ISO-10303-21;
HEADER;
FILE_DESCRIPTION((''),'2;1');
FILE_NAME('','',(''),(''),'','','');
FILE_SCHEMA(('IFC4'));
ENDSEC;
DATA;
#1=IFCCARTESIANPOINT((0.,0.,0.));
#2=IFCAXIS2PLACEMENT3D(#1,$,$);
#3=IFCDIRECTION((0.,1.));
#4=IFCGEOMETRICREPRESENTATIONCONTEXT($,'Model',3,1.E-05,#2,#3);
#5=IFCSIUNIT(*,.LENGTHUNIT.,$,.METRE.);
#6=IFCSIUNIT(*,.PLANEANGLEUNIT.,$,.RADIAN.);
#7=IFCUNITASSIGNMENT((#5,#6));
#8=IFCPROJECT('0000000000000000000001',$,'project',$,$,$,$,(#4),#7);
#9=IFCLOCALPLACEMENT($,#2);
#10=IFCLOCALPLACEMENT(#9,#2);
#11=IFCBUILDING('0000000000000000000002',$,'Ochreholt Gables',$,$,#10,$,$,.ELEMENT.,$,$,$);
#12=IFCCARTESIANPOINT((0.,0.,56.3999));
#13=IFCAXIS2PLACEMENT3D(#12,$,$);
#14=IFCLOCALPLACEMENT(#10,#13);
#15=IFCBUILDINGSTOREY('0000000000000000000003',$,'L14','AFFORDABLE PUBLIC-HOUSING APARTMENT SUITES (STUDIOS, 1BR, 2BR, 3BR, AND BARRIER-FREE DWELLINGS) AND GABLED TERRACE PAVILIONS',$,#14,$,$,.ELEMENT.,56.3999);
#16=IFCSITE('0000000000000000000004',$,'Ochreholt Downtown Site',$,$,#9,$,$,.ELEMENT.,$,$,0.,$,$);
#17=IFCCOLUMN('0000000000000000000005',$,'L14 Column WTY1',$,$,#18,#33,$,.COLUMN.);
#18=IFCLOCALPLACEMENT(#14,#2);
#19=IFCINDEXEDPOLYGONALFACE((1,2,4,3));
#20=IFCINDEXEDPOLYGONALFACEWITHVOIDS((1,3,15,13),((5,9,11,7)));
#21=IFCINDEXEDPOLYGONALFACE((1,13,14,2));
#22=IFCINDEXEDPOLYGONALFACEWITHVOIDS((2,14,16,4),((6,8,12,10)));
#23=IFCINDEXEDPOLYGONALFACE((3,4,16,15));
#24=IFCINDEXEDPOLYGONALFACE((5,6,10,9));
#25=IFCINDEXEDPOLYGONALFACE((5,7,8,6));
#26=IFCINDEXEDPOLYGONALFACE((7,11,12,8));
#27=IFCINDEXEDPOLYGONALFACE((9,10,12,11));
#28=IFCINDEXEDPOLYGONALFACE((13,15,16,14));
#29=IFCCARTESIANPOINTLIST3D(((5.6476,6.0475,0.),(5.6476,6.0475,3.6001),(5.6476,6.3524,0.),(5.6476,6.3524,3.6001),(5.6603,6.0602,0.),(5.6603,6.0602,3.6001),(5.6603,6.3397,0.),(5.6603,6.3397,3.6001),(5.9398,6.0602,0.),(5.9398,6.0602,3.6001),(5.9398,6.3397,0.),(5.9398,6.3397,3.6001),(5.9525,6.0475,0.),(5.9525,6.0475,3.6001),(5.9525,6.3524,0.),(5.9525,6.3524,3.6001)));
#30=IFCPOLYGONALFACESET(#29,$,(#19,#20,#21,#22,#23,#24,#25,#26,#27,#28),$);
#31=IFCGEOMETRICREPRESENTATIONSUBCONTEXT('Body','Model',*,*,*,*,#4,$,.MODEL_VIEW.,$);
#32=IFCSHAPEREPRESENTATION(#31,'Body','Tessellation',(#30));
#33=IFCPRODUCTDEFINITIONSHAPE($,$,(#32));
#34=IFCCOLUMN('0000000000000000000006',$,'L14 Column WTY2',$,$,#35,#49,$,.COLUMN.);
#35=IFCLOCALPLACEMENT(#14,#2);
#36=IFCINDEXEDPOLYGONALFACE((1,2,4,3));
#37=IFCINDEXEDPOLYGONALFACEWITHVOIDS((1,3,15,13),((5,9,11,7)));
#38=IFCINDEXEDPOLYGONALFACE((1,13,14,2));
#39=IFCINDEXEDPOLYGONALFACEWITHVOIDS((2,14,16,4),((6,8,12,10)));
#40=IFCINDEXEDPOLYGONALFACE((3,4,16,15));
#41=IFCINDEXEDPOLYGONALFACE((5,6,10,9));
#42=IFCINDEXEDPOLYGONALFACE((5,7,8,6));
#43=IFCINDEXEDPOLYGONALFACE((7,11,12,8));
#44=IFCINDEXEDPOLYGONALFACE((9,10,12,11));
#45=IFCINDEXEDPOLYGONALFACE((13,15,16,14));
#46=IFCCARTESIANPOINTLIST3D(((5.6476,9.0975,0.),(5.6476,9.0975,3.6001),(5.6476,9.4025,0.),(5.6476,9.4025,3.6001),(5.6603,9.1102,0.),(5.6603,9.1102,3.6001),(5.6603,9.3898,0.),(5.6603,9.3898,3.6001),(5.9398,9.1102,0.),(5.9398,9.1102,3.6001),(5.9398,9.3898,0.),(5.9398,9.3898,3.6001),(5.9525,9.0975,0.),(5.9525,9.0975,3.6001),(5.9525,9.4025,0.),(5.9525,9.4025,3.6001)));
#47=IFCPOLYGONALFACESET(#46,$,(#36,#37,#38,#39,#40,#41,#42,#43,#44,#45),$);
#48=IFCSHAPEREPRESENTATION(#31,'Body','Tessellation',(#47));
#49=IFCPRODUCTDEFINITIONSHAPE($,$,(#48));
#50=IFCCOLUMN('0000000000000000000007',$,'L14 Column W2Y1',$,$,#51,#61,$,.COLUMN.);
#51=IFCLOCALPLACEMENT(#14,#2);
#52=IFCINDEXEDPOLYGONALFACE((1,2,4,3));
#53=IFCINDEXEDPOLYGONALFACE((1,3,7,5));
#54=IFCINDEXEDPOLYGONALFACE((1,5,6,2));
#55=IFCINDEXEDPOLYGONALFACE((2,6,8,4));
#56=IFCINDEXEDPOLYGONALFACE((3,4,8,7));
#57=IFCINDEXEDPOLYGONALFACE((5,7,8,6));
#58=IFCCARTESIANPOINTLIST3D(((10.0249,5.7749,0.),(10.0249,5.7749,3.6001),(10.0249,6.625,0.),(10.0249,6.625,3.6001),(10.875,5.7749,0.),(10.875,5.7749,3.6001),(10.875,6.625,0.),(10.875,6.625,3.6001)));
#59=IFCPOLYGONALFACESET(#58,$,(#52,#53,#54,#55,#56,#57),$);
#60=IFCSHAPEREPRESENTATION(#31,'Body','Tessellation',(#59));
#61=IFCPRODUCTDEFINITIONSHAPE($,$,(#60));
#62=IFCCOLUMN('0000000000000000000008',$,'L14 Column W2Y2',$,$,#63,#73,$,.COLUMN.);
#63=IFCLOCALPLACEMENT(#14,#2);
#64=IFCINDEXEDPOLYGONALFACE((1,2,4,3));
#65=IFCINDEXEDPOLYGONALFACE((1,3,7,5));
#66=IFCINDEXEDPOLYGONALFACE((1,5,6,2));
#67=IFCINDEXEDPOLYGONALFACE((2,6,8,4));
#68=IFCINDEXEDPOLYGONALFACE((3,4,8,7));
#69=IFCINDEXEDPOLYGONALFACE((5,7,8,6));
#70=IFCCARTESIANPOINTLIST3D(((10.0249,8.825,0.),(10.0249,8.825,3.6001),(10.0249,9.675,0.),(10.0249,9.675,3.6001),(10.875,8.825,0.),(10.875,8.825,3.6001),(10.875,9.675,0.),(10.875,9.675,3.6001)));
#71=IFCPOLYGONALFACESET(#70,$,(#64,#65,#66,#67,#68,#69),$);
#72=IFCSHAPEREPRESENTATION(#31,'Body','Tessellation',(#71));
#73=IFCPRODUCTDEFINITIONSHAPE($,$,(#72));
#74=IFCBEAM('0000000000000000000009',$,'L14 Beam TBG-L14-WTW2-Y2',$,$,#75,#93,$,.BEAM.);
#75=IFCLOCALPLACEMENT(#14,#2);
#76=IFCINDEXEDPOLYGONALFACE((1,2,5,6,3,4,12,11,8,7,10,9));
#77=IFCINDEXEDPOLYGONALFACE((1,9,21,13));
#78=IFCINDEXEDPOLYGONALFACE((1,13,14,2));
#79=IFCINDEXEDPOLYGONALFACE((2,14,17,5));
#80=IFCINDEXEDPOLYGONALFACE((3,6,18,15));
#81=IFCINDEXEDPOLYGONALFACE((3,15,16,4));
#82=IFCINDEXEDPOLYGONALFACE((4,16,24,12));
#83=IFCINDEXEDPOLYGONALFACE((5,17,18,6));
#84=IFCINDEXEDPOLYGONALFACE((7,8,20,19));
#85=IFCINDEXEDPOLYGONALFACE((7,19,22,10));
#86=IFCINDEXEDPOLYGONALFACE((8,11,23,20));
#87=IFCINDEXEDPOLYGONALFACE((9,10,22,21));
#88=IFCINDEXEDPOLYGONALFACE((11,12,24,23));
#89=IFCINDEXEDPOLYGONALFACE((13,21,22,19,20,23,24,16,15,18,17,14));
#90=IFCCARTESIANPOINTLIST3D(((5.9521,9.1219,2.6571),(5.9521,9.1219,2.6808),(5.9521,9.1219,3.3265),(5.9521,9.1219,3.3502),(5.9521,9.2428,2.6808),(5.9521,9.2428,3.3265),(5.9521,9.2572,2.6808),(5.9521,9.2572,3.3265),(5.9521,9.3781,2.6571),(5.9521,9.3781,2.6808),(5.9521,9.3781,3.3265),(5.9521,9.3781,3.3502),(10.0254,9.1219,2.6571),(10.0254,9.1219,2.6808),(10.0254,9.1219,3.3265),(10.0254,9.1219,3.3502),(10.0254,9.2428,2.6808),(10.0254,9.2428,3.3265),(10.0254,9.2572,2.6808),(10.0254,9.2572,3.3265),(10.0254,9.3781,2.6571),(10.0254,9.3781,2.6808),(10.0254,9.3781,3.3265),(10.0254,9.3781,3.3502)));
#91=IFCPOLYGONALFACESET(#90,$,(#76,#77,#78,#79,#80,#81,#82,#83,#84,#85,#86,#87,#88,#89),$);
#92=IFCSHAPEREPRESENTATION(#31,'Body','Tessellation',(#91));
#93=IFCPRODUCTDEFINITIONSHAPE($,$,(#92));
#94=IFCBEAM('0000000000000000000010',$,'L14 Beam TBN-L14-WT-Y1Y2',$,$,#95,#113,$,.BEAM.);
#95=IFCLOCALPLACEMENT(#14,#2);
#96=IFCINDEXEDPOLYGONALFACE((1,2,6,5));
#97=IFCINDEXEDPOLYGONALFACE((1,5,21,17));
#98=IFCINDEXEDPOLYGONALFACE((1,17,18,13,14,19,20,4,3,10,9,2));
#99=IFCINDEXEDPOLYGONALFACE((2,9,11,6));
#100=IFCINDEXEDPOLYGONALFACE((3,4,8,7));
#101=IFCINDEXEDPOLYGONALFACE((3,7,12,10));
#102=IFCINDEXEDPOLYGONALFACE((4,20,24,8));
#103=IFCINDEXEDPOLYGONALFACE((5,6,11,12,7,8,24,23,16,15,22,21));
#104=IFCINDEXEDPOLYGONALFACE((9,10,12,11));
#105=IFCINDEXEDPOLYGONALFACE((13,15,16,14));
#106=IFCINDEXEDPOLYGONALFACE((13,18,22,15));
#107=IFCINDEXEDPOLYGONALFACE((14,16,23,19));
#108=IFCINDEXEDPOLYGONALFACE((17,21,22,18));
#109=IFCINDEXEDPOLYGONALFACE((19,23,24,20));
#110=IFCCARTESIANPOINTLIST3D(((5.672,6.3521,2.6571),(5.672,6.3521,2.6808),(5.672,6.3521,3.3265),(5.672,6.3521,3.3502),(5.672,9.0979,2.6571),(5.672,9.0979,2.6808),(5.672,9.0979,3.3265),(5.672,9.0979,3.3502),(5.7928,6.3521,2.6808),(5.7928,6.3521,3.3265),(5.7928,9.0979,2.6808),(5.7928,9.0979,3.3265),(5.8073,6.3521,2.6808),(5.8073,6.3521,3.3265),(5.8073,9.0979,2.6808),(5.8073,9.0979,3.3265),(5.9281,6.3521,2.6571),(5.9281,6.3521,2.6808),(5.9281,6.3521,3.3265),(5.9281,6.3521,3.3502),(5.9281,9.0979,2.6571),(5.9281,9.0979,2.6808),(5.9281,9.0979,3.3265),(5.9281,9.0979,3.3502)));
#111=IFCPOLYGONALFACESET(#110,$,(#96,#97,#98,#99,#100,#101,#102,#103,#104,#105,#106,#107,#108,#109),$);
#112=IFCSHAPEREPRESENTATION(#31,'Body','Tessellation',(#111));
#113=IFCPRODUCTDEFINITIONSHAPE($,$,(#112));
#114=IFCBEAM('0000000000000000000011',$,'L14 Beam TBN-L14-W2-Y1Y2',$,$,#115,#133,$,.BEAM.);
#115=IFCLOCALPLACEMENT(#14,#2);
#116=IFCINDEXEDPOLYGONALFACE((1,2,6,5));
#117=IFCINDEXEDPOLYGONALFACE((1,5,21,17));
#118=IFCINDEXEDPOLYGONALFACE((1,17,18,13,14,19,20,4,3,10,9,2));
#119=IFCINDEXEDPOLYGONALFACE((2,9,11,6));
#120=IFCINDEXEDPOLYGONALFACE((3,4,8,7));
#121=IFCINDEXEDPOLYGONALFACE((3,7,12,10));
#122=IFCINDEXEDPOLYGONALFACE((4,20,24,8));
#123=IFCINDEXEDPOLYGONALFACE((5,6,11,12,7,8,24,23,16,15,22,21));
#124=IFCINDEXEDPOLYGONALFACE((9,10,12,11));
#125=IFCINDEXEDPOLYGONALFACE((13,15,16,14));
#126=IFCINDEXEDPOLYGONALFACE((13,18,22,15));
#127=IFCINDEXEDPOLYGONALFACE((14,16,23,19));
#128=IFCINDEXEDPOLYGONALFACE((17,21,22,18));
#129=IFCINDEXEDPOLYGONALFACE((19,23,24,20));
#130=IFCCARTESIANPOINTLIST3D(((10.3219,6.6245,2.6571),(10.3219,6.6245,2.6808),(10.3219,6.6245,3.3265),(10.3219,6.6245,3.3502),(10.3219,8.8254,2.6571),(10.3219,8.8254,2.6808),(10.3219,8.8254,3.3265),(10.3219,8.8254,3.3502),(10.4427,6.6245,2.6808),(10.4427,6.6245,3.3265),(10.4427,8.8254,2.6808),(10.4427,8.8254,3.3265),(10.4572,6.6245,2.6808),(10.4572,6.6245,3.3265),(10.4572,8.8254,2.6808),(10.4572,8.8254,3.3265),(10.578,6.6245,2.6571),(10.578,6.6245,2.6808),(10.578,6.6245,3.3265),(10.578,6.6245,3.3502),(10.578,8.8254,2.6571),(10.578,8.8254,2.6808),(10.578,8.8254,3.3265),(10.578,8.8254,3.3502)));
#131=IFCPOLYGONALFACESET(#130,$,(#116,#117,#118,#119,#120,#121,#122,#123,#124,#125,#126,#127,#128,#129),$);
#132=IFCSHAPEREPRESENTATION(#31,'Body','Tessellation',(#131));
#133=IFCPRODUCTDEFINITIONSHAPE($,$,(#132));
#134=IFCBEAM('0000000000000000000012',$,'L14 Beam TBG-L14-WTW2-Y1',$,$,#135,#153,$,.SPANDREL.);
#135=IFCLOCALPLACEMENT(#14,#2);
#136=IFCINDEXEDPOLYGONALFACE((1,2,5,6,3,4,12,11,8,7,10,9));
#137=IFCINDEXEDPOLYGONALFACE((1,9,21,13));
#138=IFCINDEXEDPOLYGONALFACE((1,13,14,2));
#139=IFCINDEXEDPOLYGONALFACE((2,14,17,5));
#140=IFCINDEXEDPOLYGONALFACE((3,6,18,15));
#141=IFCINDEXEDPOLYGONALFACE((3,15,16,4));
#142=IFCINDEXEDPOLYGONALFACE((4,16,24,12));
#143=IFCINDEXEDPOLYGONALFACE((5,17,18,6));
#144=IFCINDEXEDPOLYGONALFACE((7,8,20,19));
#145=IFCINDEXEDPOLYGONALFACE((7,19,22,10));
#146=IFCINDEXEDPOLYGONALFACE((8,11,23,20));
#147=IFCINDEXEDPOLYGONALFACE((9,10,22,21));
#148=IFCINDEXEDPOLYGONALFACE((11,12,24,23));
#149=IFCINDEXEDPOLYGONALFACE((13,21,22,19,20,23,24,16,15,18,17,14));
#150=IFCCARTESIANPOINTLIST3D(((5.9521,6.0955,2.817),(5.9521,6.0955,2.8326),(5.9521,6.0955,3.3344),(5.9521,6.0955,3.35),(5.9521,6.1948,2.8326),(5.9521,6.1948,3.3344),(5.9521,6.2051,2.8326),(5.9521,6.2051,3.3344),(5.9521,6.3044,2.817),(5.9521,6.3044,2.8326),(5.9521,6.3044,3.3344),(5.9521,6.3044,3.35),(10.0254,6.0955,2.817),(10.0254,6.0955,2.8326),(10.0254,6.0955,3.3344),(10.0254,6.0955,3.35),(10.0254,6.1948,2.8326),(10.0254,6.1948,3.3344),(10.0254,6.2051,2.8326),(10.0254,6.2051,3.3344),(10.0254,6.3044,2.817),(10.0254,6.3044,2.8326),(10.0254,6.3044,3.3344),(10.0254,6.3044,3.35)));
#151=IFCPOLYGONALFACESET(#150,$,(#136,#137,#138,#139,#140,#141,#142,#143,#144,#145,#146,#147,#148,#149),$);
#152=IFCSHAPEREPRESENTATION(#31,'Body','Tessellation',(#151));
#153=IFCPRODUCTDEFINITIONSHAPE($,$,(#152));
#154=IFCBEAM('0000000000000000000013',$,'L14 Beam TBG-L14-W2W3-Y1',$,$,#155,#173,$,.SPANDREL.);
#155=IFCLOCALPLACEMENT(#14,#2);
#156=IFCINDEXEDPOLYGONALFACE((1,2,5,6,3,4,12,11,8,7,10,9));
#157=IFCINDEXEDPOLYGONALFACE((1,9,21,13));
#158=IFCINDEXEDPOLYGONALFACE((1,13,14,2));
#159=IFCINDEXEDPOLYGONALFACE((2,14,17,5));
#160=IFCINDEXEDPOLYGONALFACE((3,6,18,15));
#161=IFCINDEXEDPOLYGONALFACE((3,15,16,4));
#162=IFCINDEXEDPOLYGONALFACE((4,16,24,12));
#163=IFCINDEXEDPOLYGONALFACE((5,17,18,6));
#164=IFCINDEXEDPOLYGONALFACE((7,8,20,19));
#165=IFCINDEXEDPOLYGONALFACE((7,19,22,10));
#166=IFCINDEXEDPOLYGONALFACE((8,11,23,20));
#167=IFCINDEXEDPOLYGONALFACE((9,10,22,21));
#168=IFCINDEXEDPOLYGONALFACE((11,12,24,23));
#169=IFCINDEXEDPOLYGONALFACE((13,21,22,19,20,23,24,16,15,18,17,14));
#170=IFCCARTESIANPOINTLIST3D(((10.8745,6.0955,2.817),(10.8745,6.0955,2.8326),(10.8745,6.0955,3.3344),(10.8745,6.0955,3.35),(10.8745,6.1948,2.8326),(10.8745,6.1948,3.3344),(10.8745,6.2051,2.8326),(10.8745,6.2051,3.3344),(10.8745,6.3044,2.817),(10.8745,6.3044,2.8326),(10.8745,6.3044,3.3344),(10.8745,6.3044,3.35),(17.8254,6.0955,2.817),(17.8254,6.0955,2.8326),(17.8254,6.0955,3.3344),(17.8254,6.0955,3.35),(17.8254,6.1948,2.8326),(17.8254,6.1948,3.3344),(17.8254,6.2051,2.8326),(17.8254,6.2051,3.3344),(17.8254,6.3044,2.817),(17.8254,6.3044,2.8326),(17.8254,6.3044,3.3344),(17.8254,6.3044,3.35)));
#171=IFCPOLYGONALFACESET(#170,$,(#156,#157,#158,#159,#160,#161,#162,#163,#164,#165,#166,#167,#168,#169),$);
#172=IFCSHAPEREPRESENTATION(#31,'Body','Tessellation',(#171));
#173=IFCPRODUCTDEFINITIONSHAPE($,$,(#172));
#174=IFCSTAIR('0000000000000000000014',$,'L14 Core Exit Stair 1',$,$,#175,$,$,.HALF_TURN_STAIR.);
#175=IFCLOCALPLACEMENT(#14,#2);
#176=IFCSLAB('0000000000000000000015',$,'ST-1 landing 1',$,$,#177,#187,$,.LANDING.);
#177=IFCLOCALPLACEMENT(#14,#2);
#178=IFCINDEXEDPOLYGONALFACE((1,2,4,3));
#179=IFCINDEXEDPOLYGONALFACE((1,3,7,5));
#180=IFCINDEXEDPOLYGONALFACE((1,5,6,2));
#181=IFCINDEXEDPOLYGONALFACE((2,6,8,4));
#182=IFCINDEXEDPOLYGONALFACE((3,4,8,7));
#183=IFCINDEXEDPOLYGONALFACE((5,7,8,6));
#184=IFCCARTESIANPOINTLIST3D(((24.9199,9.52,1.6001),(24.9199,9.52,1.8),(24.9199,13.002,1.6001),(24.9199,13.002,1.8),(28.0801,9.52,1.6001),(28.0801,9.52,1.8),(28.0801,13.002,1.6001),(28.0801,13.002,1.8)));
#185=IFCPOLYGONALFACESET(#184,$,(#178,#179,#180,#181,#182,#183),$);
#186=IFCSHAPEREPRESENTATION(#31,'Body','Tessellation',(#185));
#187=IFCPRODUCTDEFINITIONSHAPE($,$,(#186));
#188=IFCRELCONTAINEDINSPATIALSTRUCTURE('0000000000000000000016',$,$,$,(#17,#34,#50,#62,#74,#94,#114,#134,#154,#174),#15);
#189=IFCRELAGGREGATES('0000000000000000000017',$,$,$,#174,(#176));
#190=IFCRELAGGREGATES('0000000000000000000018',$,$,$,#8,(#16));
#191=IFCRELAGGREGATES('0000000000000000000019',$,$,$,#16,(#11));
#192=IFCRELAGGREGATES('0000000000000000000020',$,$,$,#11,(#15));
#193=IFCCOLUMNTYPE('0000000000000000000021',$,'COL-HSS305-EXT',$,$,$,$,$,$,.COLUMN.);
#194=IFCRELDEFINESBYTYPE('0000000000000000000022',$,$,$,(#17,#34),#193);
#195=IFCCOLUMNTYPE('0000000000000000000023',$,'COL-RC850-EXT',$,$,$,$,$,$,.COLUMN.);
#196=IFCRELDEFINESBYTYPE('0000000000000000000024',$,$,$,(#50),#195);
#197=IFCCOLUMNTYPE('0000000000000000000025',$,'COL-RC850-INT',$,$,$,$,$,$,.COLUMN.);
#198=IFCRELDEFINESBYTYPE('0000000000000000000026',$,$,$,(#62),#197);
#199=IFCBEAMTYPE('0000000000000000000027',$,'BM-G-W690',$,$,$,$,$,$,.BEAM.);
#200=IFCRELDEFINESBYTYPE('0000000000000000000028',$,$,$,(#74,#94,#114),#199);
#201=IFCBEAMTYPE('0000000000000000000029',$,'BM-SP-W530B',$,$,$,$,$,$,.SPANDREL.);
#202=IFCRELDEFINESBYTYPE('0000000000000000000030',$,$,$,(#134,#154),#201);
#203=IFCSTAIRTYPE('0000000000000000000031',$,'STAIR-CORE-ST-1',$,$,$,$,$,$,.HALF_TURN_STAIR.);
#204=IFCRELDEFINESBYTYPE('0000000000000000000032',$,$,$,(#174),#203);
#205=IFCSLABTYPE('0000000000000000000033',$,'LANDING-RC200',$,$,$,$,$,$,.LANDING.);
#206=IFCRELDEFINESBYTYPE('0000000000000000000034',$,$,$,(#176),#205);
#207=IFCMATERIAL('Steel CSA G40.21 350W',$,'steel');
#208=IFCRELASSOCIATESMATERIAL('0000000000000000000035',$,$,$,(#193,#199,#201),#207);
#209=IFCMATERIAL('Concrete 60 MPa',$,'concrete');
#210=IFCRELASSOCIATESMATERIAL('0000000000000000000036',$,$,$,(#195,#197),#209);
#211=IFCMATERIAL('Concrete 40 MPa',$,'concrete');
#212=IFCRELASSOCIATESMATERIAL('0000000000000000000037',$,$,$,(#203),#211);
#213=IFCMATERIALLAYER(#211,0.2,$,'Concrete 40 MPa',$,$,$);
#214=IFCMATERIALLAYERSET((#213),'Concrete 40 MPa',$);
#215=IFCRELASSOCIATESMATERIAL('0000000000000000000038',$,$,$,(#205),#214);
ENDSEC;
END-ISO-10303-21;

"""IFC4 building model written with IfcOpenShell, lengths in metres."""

from ifc_helpers import new_model, si_unit, direction, frame, origin, origin_2d, place, context, subcontext, project, spatial, polyline, rectangle, hollow_rectangle, i_section, outline, extrude, material, layer, layer_set, material_profile, profile_set, type_object, element, aggregate, save


model = new_model("IFC4")

# Units and contexts
model_context = context("Model", 3, precision=1e-05, world=origin(), true_north=direction((0.0, 1.0)))
body_context = subcontext(model_context, "Body", "Model", "MODEL_VIEW")
ifc_project = project(units=[si_unit("LENGTHUNIT", "METRE"), si_unit("PLANEANGLEUNIT", "RADIAN")], contexts=[model_context])

# Site, building, storey
site_placement = place(None, origin())
site = spatial("IfcSite", under=ifc_project, at=site_placement, Name="Ochreholt Downtown Site", CompositionType="ELEMENT", RefElevation=0.0)
building_placement = place(site_placement, origin())
building = spatial("IfcBuilding", under=site, at=building_placement, Name="Ochreholt Gables", CompositionType="ELEMENT")
storey_placement = place(building_placement, frame((0.0, 0.0, 56.3999)))
storey = spatial("IfcBuildingStorey", under=building, at=storey_placement, Name="L14", Description="AFFORDABLE PUBLIC-HOUSING APARTMENT SUITES (STUDIOS, 1BR, 2BR, 3BR, AND BARRIER-FREE DWELLINGS) AND GABLED TERRACE PAVILIONS", CompositionType="ELEMENT", Elevation=56.3999)

# Columns
ifc_material_1 = material(Name="Steel CSA G40.21 350W", Category="steel")
ifc_material_profile_1 = material_profile(ifc_material_1, hollow_rectangle(XDim=0.3049, YDim=0.3049, WallThickness=0.0127, at=origin_2d()), Name="HSS305X305X13")
ifc_profile_set_1 = profile_set([ifc_material_profile_1], Name="Steel CSA G40.21 350W")
column_type_1 = type_object("IfcColumnType", Name="COL-HSS305-EXT", PredefinedType="COLUMN", material=ifc_profile_set_1)
for number, where, z_axis, x_axis, name in (
    (1, (5.8, 6.2, 0.0), (0.0, 0.0, 1.0), (1.0, 0.0, 0.0), "L14 Column WTY1"),
    (2, (5.8, 9.25, 0.0), (0.0, 0.0, 1.0), (1.0, 0.0, 0.0), "L14 Column WTY2"),
):
    element("IfcColumn", number, at=place(storey_placement, frame(where, z_axis=z_axis, x_axis=x_axis)), inside=storey, type_object=column_type_1, Name=name, PredefinedType="COLUMN", context=body_context, shape_type="SweptSolid", body=[
        extrude(hollow_rectangle(XDim=0.3049, YDim=0.3049, WallThickness=0.0127, at=origin_2d()), origin(), (0.0, 0.0, 1.0), 3.6001),
    ])
ifc_material_2 = material(Name="Concrete 60 MPa", Category="concrete")
ifc_material_profile_2 = material_profile(ifc_material_2, rectangle(XDim=0.8501, YDim=0.8501, at=origin_2d()), Name="RC850X850")
ifc_profile_set_2 = profile_set([ifc_material_profile_2], Name="Concrete 60 MPa")
column_type_2 = type_object("IfcColumnType", Name="COL-RC850-EXT", PredefinedType="COLUMN", material=ifc_profile_set_2)
column_1_placement = place(storey_placement, frame((10.45, 6.2, 0.0), z_axis=(0.0, 0.0, 1.0), x_axis=(1.0, 0.0, 0.0)))
element("IfcColumn", 3, at=column_1_placement, inside=storey, type_object=column_type_2, Name="L14 Column W2Y1", PredefinedType="COLUMN", context=body_context, shape_type="SweptSolid", body=[
    extrude(rectangle(XDim=0.8501, YDim=0.8501, at=origin_2d()), origin(), (0.0, 0.0, 1.0), 3.6001),
])
ifc_material_profile_3 = material_profile(ifc_material_2, rectangle(XDim=0.8501, YDim=0.8501, at=origin_2d()), Name="RC850X850")
ifc_profile_set_3 = profile_set([ifc_material_profile_3], Name="Concrete 60 MPa")
column_type_3 = type_object("IfcColumnType", Name="COL-RC850-INT", PredefinedType="COLUMN", material=ifc_profile_set_3)
column_2_placement = place(storey_placement, frame((10.45, 9.25, 0.0), z_axis=(0.0, 0.0, 1.0), x_axis=(1.0, 0.0, 0.0)))
element("IfcColumn", 4, at=column_2_placement, inside=storey, type_object=column_type_3, Name="L14 Column W2Y2", PredefinedType="COLUMN", context=body_context, shape_type="SweptSolid", body=[
    extrude(rectangle(XDim=0.8501, YDim=0.8501, at=origin_2d()), origin(), (0.0, 0.0, 1.0), 3.6001),
])

# Beams
ifc_material_profile_4 = material_profile(ifc_material_1, i_section(OverallWidth=0.2561, OverallDepth=0.6931, WebThickness=0.0144, FlangeThickness=0.0237, at=origin_2d()), Name="W690X170")
ifc_profile_set_4 = profile_set([ifc_material_profile_4], Name="Steel CSA G40.21 350W")
beam_type_1 = type_object("IfcBeamType", Name="BM-G-W690", PredefinedType="BEAM", material=ifc_profile_set_4)
beam_1_placement = place(storey_placement, frame((5.9521, 9.25, 3.0037), z_axis=(1.0, 0.0, 0.0), x_axis=(0.0, 1.0, 0.0)))
element("IfcBeam", 5, at=beam_1_placement, inside=storey, type_object=beam_type_1, Name="L14 Beam TBG-L14-WTW2-Y2", PredefinedType="BEAM", context=body_context, shape_type="SweptSolid", body=[
    extrude(i_section(OverallWidth=0.2561, OverallDepth=0.6931, WebThickness=0.0144, FlangeThickness=0.0237, at=origin_2d()), origin(), (0.0, 0.0, 1.0), 4.0732),
])
beam_2_placement = place(storey_placement, frame((5.8, 6.3521, 3.0037), z_axis=(0.0, 1.0, 0.0), x_axis=(-1.0, 0.0, 0.0)))
element("IfcBeam", 6, at=beam_2_placement, inside=storey, type_object=beam_type_1, Name="L14 Beam TBN-L14-WT-Y1Y2", PredefinedType="BEAM", context=body_context, shape_type="SweptSolid", body=[
    extrude(i_section(OverallWidth=0.2561, OverallDepth=0.6931, WebThickness=0.0144, FlangeThickness=0.0237, at=origin_2d()), origin(), (0.0, 0.0, 1.0), 2.7458),
])
beam_3_placement = place(storey_placement, frame((10.45, 6.6245, 3.0037), z_axis=(0.0, 1.0, 0.0), x_axis=(-1.0, 0.0, 0.0)))
element("IfcBeam", 7, at=beam_3_placement, inside=storey, type_object=beam_type_1, Name="L14 Beam TBN-L14-W2-Y1Y2", PredefinedType="BEAM", context=body_context, shape_type="SweptSolid", body=[
    extrude(i_section(OverallWidth=0.2561, OverallDepth=0.6931, WebThickness=0.0144, FlangeThickness=0.0237, at=origin_2d()), origin(), (0.0, 0.0, 1.0), 2.2009),
])
ifc_material_profile_5 = material_profile(ifc_material_1, i_section(OverallWidth=0.209, OverallDepth=0.533, WebThickness=0.0103, FlangeThickness=0.0156, at=origin_2d()), Name="W530X92")
ifc_profile_set_5 = profile_set([ifc_material_profile_5], Name="Steel CSA G40.21 350W")
beam_type_2 = type_object("IfcBeamType", Name="BM-SP-W530B", PredefinedType="SPANDREL", material=ifc_profile_set_5)
beam_4_placement = place(storey_placement, frame((5.9521, 6.2, 3.0835), z_axis=(1.0, 0.0, 0.0), x_axis=(0.0, 1.0, 0.0)))
element("IfcBeam", 8, at=beam_4_placement, inside=storey, type_object=beam_type_2, Name="L14 Beam TBG-L14-WTW2-Y1", PredefinedType="SPANDREL", context=body_context, shape_type="SweptSolid", body=[
    extrude(i_section(OverallWidth=0.209, OverallDepth=0.533, WebThickness=0.0103, FlangeThickness=0.0156, at=origin_2d()), origin(), (0.0, 0.0, 1.0), 4.0732),
])
beam_5_placement = place(storey_placement, frame((10.8745, 6.2, 3.0835), z_axis=(1.0, 0.0, 0.0), x_axis=(0.0, 1.0, 0.0)))
element("IfcBeam", 9, at=beam_5_placement, inside=storey, type_object=beam_type_2, Name="L14 Beam TBG-L14-W2W3-Y1", PredefinedType="SPANDREL", context=body_context, shape_type="SweptSolid", body=[
    extrude(i_section(OverallWidth=0.209, OverallDepth=0.533, WebThickness=0.0103, FlangeThickness=0.0156, at=origin_2d()), origin(), (0.0, 0.0, 1.0), 6.9509),
])

# Stair, slab
ifc_material_3 = material(Name="Concrete 40 MPa", Category="concrete")
stair_type_1 = type_object("IfcStairType", Name="STAIR-CORE-ST-1", PredefinedType="HALF_TURN_STAIR", material=ifc_material_3)
stair_1_placement = place(storey_placement, origin())
stair_1 = element("IfcStair", 10, at=stair_1_placement, inside=storey, type_object=stair_type_1, Name="L14 Core Exit Stair 1", PredefinedType="HALF_TURN_STAIR")
ifc_layer_1 = layer(ifc_material_3, 0.2, Name="Concrete 40 MPa")
ifc_layer_set_1 = layer_set([ifc_layer_1], Name="Concrete 40 MPa")
slab_type_1 = type_object("IfcSlabType", Name="LANDING-RC200", PredefinedType="LANDING", material=ifc_layer_set_1)
slab_1_placement = place(storey_placement, frame((0.0, 0.0, 1.6001)))
slab_1 = element("IfcSlab", 11, at=slab_1_placement, type_object=slab_type_1, Name="ST-1 landing 1", PredefinedType="LANDING", context=body_context, shape_type="SweptSolid", body=[
    extrude(outline(polyline([(24.9199, 13.002), (24.9199, 9.52), (28.0801, 9.52), (28.0801, 13.002), (24.9199, 13.002)])), origin(), (0.0, 0.0, 1.0), 0.2),
])
aggregate(stair_1, [slab_1])

save(model, "model.ifc")
